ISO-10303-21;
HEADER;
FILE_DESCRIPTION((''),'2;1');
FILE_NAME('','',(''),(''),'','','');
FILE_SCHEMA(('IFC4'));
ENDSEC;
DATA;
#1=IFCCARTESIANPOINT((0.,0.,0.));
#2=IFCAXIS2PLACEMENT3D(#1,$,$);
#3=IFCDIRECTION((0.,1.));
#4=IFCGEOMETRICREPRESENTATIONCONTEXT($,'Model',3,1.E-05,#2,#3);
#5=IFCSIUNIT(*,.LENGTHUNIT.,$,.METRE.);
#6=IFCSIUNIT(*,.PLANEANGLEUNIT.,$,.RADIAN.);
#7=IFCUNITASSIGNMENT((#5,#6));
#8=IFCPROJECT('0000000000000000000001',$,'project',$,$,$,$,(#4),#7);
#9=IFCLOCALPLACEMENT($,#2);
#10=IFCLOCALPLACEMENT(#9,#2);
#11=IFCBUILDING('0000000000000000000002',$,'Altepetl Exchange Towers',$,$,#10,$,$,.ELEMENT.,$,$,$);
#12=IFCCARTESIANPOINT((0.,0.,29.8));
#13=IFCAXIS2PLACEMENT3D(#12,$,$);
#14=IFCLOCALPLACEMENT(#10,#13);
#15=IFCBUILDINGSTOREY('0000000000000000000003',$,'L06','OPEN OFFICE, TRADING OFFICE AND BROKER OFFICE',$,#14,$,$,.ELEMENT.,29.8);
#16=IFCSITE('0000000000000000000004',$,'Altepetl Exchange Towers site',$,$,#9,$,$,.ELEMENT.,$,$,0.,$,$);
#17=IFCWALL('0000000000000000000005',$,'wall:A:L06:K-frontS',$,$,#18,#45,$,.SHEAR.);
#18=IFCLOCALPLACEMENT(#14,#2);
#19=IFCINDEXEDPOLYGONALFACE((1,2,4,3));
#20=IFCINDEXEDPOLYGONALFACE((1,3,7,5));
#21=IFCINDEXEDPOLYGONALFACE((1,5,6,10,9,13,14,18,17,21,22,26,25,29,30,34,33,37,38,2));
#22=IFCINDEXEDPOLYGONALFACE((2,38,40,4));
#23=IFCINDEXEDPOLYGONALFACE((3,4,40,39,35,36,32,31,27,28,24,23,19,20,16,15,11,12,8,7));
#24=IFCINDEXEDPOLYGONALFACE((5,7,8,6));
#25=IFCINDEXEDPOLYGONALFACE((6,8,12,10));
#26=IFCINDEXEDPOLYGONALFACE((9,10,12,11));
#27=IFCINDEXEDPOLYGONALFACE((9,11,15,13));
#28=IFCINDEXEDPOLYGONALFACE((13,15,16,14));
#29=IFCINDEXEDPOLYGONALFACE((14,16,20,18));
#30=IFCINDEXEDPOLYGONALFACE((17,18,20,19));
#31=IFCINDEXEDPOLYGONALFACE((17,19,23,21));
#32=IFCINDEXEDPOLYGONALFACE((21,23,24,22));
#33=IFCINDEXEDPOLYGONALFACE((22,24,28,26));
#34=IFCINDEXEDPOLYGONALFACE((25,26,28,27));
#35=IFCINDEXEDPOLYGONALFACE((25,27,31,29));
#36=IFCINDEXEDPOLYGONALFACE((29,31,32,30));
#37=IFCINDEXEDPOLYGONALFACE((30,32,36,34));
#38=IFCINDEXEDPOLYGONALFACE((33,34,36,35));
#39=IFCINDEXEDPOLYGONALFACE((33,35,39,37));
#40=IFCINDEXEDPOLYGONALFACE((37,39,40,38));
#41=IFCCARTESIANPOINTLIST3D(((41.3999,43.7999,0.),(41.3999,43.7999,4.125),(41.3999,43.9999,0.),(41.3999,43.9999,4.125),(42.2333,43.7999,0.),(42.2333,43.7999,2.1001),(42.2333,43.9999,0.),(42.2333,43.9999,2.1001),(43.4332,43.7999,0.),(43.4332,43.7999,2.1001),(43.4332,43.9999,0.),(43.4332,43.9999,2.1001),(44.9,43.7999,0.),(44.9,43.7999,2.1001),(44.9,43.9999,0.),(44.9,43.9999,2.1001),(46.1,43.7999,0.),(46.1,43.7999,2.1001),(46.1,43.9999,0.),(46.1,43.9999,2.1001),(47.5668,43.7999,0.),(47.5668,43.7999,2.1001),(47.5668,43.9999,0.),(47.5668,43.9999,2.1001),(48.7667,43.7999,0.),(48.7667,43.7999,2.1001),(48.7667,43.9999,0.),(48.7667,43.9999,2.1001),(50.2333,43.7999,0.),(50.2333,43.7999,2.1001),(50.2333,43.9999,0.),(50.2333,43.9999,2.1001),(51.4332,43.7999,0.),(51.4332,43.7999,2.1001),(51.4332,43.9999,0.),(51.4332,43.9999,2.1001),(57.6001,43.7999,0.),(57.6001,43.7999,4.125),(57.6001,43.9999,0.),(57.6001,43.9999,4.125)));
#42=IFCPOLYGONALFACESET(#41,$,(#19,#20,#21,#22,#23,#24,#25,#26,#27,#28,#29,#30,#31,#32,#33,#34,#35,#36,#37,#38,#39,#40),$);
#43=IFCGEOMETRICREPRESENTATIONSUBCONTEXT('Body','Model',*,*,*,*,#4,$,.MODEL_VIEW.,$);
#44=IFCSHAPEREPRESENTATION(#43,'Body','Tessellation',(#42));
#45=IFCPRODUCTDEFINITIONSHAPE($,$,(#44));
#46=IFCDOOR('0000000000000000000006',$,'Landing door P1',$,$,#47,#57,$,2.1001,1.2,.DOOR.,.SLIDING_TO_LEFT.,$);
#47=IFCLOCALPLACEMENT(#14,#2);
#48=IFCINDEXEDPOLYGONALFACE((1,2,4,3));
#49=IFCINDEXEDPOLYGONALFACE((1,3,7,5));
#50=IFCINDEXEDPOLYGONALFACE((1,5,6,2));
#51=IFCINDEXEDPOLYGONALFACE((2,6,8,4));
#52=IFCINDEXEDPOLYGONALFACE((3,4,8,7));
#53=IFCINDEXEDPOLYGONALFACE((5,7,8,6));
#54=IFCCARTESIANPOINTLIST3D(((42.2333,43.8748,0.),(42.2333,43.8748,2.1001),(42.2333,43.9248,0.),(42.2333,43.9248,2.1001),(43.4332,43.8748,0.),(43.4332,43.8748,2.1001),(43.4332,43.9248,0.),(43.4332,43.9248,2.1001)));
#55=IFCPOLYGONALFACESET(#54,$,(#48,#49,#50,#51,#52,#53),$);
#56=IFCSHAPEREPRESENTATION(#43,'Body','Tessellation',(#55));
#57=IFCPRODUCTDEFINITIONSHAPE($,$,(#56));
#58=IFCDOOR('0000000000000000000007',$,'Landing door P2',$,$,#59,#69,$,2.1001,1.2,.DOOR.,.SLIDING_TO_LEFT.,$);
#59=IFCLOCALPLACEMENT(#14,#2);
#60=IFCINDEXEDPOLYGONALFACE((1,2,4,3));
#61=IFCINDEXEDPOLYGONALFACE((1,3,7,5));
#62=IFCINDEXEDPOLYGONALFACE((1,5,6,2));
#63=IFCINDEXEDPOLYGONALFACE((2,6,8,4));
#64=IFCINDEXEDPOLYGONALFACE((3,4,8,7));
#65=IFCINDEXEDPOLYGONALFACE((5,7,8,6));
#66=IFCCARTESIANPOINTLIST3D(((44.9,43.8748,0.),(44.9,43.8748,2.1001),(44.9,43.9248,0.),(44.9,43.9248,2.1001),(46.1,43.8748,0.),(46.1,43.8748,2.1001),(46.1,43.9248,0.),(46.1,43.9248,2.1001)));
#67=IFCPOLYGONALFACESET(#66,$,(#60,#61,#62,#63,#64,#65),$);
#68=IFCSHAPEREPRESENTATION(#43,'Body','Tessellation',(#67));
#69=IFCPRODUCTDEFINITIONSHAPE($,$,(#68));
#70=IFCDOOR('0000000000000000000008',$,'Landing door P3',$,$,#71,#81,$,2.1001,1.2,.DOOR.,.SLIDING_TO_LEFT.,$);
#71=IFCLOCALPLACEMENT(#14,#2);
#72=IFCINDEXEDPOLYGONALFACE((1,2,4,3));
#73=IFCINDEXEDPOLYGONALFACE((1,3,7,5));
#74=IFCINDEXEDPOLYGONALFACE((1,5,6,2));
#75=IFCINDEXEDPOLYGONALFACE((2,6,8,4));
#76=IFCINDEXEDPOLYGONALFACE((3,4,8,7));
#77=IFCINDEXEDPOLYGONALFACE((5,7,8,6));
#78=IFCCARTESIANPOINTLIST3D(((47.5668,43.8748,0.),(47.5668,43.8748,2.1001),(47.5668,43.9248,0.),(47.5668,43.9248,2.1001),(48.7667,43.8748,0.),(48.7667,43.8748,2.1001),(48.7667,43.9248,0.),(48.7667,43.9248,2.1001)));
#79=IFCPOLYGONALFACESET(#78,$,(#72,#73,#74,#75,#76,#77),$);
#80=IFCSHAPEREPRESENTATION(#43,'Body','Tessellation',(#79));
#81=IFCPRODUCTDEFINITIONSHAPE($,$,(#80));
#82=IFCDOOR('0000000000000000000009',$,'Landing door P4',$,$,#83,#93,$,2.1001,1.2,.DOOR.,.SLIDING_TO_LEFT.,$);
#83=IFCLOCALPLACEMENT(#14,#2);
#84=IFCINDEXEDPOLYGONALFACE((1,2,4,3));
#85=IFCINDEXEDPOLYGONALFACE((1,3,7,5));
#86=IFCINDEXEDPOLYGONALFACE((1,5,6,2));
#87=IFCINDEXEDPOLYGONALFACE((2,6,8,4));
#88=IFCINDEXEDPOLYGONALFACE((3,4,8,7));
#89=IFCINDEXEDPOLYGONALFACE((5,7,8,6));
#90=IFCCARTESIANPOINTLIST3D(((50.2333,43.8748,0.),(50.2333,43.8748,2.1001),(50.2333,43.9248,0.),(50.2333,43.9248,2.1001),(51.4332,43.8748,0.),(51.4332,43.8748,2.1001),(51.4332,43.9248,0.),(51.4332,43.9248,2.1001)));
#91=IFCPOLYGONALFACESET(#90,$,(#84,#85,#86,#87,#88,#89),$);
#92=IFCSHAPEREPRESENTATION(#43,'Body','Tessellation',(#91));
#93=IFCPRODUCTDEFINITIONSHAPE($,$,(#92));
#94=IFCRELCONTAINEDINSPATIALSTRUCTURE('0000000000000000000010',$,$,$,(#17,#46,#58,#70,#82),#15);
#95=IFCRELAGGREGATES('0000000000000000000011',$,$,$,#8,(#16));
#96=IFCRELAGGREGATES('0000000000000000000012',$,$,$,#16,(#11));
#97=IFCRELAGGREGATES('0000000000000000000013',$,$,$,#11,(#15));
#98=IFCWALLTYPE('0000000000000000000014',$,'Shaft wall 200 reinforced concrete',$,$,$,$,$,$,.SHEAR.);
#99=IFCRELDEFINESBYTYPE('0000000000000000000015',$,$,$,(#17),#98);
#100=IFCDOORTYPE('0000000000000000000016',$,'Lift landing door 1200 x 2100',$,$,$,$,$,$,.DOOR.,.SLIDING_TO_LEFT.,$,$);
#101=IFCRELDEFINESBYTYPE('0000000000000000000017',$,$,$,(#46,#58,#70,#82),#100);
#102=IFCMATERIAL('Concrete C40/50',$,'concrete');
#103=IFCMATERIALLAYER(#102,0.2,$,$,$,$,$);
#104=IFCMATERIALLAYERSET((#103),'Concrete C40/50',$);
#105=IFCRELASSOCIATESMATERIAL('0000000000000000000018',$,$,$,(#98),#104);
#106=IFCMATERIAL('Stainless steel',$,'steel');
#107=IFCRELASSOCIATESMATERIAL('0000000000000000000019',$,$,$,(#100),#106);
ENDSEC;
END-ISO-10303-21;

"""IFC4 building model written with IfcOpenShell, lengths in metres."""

from ifc_helpers import new_model, si_unit, direction, frame, frame_2d, origin, place, context, subcontext, project, spatial, rectangle, extrude, material, layer, layer_set, type_object, element, fill, save


model = new_model("IFC4")

# Units and contexts
model_context = context("Model", 3, precision=1e-05, world=origin(), true_north=direction((0.0, 1.0)))
body_context = subcontext(model_context, "Body", "Model", "MODEL_VIEW")
ifc_project = project(units=[si_unit("LENGTHUNIT", "METRE"), si_unit("PLANEANGLEUNIT", "RADIAN")], contexts=[model_context])

# Site, building, storey
site_placement = place(None, origin())
site = spatial("IfcSite", under=ifc_project, at=site_placement, Name="Altepetl Exchange Towers site", CompositionType="ELEMENT", RefElevation=0.0)
building_placement = place(site_placement, origin())
building = spatial("IfcBuilding", under=site, at=building_placement, Name="Altepetl Exchange Towers", CompositionType="ELEMENT")
storey_placement = place(building_placement, frame((0.0, 0.0, 29.8)))
storey = spatial("IfcBuildingStorey", under=building, at=storey_placement, Name="L06", Description="OPEN OFFICE, TRADING OFFICE AND BROKER OFFICE", CompositionType="ELEMENT", Elevation=29.8)

# Wall, openings, doors
ifc_material_1 = material(Name="Concrete C40/50", Category="concrete")
ifc_layer_1 = layer(ifc_material_1, 0.2)
ifc_layer_set_1 = layer_set([ifc_layer_1], Name="Concrete C40/50")
wall_type_1 = type_object("IfcWallType", Name="Shaft wall 200 reinforced concrete", PredefinedType="SHEAR", material=ifc_layer_set_1)
wall_1_placement = place(storey_placement, frame((41.3999, 43.8999, 0.0)))
wall_1 = element("IfcWall", 1, at=wall_1_placement, inside=storey, type_object=wall_type_1, Name="wall:A:L06:K-frontS", PredefinedType="SHEAR", context=body_context, shape_type="SweptSolid", body=[
    extrude(rectangle(XDim=16.2002, YDim=0.2, at=frame_2d((8.1001, 0.0))), origin(), (0.0, 0.0, 1.0), 4.125),
])
opening_1_placement = place(wall_1_placement, frame((0.8333, 0.0, 0.0)))
opening_1 = element("IfcOpeningElement", 2, at=opening_1_placement, cuts=wall_1, PredefinedType="OPENING", context=body_context, shape_type="SweptSolid", body=[
    extrude(rectangle(XDim=1.2, YDim=2.1001, at=frame_2d((0.6001, 1.05))), frame((0.0, 0.1099, 0.0), z_axis=(0.0, -1.0, 0.0), x_axis=(1.0, 0.0, 0.0)), (0.0, 0.0, 1.0), 0.22),
])
opening_2_placement = place(wall_1_placement, frame((3.5, 0.0, 0.0)))
opening_2 = element("IfcOpeningElement", 3, at=opening_2_placement, cuts=wall_1, PredefinedType="OPENING", context=body_context, shape_type="SweptSolid", body=[
    extrude(rectangle(XDim=1.2, YDim=2.1001, at=frame_2d((0.6001, 1.05))), frame((0.0, 0.1099, 0.0), z_axis=(0.0, -1.0, 0.0), x_axis=(1.0, 0.0, 0.0)), (0.0, 0.0, 1.0), 0.22),
])
opening_3_placement = place(wall_1_placement, frame((6.1667, 0.0, 0.0)))
opening_3 = element("IfcOpeningElement", 4, at=opening_3_placement, cuts=wall_1, PredefinedType="OPENING", context=body_context, shape_type="SweptSolid", body=[
    extrude(rectangle(XDim=1.2, YDim=2.1001, at=frame_2d((0.6001, 1.05))), frame((0.0, 0.1099, 0.0), z_axis=(0.0, -1.0, 0.0), x_axis=(1.0, 0.0, 0.0)), (0.0, 0.0, 1.0), 0.22),
])
opening_4_placement = place(wall_1_placement, frame((8.8333, 0.0, 0.0)))
opening_4 = element("IfcOpeningElement", 5, at=opening_4_placement, cuts=wall_1, PredefinedType="OPENING", context=body_context, shape_type="SweptSolid", body=[
    extrude(rectangle(XDim=1.2, YDim=2.1001, at=frame_2d((0.6001, 1.05))), frame((0.0, 0.1099, 0.0), z_axis=(0.0, -1.0, 0.0), x_axis=(1.0, 0.0, 0.0)), (0.0, 0.0, 1.0), 0.22),
])
ifc_material_2 = material(Name="Stainless steel", Category="steel")
door_type_1 = type_object("IfcDoorType", Name="Lift landing door 1200 x 2100", OperationType="SLIDING_TO_LEFT", PredefinedType="DOOR", material=ifc_material_2)
door_1_placement = place(opening_1_placement, origin())
door_1 = element("IfcDoor", 6, at=door_1_placement, inside=storey, type_object=door_type_1, Name="Landing door P1", OperationType="SLIDING_TO_LEFT", OverallHeight=2.1001, OverallWidth=1.2, PredefinedType="DOOR", context=body_context, shape_type="SweptSolid", body=[
    extrude(rectangle(XDim=1.2, YDim=2.1001, at=frame_2d((0.6001, 1.05))), frame((0.0, 0.0249, 0.0), z_axis=(0.0, -1.0, 0.0), x_axis=(1.0, 0.0, 0.0)), (0.0, 0.0, 1.0), 0.05),
])
fill(opening_1, door_1)
door_2_placement = place(opening_2_placement, origin())
door_2 = element("IfcDoor", 7, at=door_2_placement, inside=storey, type_object=door_type_1, Name="Landing door P2", OperationType="SLIDING_TO_LEFT", OverallHeight=2.1001, OverallWidth=1.2, PredefinedType="DOOR", context=body_context, shape_type="SweptSolid", body=[
    extrude(rectangle(XDim=1.2, YDim=2.1001, at=frame_2d((0.6001, 1.05))), frame((0.0, 0.0249, 0.0), z_axis=(0.0, -1.0, 0.0), x_axis=(1.0, 0.0, 0.0)), (0.0, 0.0, 1.0), 0.05),
])
fill(opening_2, door_2)
door_3_placement = place(opening_3_placement, origin())
door_3 = element("IfcDoor", 8, at=door_3_placement, inside=storey, type_object=door_type_1, Name="Landing door P3", OperationType="SLIDING_TO_LEFT", OverallHeight=2.1001, OverallWidth=1.2, PredefinedType="DOOR", context=body_context, shape_type="SweptSolid", body=[
    extrude(rectangle(XDim=1.2, YDim=2.1001, at=frame_2d((0.6001, 1.05))), frame((0.0, 0.0249, 0.0), z_axis=(0.0, -1.0, 0.0), x_axis=(1.0, 0.0, 0.0)), (0.0, 0.0, 1.0), 0.05),
])
fill(opening_3, door_3)
door_4_placement = place(opening_4_placement, origin())
door_4 = element("IfcDoor", 9, at=door_4_placement, inside=storey, type_object=door_type_1, Name="Landing door P4", OperationType="SLIDING_TO_LEFT", OverallHeight=2.1001, OverallWidth=1.2, PredefinedType="DOOR", context=body_context, shape_type="SweptSolid", body=[
    extrude(rectangle(XDim=1.2, YDim=2.1001, at=frame_2d((0.6001, 1.05))), frame((0.0, 0.0249, 0.0), z_axis=(0.0, -1.0, 0.0), x_axis=(1.0, 0.0, 0.0)), (0.0, 0.0, 1.0), 0.05),
])
fill(opening_4, door_4)

save(model, "model.ifc")
